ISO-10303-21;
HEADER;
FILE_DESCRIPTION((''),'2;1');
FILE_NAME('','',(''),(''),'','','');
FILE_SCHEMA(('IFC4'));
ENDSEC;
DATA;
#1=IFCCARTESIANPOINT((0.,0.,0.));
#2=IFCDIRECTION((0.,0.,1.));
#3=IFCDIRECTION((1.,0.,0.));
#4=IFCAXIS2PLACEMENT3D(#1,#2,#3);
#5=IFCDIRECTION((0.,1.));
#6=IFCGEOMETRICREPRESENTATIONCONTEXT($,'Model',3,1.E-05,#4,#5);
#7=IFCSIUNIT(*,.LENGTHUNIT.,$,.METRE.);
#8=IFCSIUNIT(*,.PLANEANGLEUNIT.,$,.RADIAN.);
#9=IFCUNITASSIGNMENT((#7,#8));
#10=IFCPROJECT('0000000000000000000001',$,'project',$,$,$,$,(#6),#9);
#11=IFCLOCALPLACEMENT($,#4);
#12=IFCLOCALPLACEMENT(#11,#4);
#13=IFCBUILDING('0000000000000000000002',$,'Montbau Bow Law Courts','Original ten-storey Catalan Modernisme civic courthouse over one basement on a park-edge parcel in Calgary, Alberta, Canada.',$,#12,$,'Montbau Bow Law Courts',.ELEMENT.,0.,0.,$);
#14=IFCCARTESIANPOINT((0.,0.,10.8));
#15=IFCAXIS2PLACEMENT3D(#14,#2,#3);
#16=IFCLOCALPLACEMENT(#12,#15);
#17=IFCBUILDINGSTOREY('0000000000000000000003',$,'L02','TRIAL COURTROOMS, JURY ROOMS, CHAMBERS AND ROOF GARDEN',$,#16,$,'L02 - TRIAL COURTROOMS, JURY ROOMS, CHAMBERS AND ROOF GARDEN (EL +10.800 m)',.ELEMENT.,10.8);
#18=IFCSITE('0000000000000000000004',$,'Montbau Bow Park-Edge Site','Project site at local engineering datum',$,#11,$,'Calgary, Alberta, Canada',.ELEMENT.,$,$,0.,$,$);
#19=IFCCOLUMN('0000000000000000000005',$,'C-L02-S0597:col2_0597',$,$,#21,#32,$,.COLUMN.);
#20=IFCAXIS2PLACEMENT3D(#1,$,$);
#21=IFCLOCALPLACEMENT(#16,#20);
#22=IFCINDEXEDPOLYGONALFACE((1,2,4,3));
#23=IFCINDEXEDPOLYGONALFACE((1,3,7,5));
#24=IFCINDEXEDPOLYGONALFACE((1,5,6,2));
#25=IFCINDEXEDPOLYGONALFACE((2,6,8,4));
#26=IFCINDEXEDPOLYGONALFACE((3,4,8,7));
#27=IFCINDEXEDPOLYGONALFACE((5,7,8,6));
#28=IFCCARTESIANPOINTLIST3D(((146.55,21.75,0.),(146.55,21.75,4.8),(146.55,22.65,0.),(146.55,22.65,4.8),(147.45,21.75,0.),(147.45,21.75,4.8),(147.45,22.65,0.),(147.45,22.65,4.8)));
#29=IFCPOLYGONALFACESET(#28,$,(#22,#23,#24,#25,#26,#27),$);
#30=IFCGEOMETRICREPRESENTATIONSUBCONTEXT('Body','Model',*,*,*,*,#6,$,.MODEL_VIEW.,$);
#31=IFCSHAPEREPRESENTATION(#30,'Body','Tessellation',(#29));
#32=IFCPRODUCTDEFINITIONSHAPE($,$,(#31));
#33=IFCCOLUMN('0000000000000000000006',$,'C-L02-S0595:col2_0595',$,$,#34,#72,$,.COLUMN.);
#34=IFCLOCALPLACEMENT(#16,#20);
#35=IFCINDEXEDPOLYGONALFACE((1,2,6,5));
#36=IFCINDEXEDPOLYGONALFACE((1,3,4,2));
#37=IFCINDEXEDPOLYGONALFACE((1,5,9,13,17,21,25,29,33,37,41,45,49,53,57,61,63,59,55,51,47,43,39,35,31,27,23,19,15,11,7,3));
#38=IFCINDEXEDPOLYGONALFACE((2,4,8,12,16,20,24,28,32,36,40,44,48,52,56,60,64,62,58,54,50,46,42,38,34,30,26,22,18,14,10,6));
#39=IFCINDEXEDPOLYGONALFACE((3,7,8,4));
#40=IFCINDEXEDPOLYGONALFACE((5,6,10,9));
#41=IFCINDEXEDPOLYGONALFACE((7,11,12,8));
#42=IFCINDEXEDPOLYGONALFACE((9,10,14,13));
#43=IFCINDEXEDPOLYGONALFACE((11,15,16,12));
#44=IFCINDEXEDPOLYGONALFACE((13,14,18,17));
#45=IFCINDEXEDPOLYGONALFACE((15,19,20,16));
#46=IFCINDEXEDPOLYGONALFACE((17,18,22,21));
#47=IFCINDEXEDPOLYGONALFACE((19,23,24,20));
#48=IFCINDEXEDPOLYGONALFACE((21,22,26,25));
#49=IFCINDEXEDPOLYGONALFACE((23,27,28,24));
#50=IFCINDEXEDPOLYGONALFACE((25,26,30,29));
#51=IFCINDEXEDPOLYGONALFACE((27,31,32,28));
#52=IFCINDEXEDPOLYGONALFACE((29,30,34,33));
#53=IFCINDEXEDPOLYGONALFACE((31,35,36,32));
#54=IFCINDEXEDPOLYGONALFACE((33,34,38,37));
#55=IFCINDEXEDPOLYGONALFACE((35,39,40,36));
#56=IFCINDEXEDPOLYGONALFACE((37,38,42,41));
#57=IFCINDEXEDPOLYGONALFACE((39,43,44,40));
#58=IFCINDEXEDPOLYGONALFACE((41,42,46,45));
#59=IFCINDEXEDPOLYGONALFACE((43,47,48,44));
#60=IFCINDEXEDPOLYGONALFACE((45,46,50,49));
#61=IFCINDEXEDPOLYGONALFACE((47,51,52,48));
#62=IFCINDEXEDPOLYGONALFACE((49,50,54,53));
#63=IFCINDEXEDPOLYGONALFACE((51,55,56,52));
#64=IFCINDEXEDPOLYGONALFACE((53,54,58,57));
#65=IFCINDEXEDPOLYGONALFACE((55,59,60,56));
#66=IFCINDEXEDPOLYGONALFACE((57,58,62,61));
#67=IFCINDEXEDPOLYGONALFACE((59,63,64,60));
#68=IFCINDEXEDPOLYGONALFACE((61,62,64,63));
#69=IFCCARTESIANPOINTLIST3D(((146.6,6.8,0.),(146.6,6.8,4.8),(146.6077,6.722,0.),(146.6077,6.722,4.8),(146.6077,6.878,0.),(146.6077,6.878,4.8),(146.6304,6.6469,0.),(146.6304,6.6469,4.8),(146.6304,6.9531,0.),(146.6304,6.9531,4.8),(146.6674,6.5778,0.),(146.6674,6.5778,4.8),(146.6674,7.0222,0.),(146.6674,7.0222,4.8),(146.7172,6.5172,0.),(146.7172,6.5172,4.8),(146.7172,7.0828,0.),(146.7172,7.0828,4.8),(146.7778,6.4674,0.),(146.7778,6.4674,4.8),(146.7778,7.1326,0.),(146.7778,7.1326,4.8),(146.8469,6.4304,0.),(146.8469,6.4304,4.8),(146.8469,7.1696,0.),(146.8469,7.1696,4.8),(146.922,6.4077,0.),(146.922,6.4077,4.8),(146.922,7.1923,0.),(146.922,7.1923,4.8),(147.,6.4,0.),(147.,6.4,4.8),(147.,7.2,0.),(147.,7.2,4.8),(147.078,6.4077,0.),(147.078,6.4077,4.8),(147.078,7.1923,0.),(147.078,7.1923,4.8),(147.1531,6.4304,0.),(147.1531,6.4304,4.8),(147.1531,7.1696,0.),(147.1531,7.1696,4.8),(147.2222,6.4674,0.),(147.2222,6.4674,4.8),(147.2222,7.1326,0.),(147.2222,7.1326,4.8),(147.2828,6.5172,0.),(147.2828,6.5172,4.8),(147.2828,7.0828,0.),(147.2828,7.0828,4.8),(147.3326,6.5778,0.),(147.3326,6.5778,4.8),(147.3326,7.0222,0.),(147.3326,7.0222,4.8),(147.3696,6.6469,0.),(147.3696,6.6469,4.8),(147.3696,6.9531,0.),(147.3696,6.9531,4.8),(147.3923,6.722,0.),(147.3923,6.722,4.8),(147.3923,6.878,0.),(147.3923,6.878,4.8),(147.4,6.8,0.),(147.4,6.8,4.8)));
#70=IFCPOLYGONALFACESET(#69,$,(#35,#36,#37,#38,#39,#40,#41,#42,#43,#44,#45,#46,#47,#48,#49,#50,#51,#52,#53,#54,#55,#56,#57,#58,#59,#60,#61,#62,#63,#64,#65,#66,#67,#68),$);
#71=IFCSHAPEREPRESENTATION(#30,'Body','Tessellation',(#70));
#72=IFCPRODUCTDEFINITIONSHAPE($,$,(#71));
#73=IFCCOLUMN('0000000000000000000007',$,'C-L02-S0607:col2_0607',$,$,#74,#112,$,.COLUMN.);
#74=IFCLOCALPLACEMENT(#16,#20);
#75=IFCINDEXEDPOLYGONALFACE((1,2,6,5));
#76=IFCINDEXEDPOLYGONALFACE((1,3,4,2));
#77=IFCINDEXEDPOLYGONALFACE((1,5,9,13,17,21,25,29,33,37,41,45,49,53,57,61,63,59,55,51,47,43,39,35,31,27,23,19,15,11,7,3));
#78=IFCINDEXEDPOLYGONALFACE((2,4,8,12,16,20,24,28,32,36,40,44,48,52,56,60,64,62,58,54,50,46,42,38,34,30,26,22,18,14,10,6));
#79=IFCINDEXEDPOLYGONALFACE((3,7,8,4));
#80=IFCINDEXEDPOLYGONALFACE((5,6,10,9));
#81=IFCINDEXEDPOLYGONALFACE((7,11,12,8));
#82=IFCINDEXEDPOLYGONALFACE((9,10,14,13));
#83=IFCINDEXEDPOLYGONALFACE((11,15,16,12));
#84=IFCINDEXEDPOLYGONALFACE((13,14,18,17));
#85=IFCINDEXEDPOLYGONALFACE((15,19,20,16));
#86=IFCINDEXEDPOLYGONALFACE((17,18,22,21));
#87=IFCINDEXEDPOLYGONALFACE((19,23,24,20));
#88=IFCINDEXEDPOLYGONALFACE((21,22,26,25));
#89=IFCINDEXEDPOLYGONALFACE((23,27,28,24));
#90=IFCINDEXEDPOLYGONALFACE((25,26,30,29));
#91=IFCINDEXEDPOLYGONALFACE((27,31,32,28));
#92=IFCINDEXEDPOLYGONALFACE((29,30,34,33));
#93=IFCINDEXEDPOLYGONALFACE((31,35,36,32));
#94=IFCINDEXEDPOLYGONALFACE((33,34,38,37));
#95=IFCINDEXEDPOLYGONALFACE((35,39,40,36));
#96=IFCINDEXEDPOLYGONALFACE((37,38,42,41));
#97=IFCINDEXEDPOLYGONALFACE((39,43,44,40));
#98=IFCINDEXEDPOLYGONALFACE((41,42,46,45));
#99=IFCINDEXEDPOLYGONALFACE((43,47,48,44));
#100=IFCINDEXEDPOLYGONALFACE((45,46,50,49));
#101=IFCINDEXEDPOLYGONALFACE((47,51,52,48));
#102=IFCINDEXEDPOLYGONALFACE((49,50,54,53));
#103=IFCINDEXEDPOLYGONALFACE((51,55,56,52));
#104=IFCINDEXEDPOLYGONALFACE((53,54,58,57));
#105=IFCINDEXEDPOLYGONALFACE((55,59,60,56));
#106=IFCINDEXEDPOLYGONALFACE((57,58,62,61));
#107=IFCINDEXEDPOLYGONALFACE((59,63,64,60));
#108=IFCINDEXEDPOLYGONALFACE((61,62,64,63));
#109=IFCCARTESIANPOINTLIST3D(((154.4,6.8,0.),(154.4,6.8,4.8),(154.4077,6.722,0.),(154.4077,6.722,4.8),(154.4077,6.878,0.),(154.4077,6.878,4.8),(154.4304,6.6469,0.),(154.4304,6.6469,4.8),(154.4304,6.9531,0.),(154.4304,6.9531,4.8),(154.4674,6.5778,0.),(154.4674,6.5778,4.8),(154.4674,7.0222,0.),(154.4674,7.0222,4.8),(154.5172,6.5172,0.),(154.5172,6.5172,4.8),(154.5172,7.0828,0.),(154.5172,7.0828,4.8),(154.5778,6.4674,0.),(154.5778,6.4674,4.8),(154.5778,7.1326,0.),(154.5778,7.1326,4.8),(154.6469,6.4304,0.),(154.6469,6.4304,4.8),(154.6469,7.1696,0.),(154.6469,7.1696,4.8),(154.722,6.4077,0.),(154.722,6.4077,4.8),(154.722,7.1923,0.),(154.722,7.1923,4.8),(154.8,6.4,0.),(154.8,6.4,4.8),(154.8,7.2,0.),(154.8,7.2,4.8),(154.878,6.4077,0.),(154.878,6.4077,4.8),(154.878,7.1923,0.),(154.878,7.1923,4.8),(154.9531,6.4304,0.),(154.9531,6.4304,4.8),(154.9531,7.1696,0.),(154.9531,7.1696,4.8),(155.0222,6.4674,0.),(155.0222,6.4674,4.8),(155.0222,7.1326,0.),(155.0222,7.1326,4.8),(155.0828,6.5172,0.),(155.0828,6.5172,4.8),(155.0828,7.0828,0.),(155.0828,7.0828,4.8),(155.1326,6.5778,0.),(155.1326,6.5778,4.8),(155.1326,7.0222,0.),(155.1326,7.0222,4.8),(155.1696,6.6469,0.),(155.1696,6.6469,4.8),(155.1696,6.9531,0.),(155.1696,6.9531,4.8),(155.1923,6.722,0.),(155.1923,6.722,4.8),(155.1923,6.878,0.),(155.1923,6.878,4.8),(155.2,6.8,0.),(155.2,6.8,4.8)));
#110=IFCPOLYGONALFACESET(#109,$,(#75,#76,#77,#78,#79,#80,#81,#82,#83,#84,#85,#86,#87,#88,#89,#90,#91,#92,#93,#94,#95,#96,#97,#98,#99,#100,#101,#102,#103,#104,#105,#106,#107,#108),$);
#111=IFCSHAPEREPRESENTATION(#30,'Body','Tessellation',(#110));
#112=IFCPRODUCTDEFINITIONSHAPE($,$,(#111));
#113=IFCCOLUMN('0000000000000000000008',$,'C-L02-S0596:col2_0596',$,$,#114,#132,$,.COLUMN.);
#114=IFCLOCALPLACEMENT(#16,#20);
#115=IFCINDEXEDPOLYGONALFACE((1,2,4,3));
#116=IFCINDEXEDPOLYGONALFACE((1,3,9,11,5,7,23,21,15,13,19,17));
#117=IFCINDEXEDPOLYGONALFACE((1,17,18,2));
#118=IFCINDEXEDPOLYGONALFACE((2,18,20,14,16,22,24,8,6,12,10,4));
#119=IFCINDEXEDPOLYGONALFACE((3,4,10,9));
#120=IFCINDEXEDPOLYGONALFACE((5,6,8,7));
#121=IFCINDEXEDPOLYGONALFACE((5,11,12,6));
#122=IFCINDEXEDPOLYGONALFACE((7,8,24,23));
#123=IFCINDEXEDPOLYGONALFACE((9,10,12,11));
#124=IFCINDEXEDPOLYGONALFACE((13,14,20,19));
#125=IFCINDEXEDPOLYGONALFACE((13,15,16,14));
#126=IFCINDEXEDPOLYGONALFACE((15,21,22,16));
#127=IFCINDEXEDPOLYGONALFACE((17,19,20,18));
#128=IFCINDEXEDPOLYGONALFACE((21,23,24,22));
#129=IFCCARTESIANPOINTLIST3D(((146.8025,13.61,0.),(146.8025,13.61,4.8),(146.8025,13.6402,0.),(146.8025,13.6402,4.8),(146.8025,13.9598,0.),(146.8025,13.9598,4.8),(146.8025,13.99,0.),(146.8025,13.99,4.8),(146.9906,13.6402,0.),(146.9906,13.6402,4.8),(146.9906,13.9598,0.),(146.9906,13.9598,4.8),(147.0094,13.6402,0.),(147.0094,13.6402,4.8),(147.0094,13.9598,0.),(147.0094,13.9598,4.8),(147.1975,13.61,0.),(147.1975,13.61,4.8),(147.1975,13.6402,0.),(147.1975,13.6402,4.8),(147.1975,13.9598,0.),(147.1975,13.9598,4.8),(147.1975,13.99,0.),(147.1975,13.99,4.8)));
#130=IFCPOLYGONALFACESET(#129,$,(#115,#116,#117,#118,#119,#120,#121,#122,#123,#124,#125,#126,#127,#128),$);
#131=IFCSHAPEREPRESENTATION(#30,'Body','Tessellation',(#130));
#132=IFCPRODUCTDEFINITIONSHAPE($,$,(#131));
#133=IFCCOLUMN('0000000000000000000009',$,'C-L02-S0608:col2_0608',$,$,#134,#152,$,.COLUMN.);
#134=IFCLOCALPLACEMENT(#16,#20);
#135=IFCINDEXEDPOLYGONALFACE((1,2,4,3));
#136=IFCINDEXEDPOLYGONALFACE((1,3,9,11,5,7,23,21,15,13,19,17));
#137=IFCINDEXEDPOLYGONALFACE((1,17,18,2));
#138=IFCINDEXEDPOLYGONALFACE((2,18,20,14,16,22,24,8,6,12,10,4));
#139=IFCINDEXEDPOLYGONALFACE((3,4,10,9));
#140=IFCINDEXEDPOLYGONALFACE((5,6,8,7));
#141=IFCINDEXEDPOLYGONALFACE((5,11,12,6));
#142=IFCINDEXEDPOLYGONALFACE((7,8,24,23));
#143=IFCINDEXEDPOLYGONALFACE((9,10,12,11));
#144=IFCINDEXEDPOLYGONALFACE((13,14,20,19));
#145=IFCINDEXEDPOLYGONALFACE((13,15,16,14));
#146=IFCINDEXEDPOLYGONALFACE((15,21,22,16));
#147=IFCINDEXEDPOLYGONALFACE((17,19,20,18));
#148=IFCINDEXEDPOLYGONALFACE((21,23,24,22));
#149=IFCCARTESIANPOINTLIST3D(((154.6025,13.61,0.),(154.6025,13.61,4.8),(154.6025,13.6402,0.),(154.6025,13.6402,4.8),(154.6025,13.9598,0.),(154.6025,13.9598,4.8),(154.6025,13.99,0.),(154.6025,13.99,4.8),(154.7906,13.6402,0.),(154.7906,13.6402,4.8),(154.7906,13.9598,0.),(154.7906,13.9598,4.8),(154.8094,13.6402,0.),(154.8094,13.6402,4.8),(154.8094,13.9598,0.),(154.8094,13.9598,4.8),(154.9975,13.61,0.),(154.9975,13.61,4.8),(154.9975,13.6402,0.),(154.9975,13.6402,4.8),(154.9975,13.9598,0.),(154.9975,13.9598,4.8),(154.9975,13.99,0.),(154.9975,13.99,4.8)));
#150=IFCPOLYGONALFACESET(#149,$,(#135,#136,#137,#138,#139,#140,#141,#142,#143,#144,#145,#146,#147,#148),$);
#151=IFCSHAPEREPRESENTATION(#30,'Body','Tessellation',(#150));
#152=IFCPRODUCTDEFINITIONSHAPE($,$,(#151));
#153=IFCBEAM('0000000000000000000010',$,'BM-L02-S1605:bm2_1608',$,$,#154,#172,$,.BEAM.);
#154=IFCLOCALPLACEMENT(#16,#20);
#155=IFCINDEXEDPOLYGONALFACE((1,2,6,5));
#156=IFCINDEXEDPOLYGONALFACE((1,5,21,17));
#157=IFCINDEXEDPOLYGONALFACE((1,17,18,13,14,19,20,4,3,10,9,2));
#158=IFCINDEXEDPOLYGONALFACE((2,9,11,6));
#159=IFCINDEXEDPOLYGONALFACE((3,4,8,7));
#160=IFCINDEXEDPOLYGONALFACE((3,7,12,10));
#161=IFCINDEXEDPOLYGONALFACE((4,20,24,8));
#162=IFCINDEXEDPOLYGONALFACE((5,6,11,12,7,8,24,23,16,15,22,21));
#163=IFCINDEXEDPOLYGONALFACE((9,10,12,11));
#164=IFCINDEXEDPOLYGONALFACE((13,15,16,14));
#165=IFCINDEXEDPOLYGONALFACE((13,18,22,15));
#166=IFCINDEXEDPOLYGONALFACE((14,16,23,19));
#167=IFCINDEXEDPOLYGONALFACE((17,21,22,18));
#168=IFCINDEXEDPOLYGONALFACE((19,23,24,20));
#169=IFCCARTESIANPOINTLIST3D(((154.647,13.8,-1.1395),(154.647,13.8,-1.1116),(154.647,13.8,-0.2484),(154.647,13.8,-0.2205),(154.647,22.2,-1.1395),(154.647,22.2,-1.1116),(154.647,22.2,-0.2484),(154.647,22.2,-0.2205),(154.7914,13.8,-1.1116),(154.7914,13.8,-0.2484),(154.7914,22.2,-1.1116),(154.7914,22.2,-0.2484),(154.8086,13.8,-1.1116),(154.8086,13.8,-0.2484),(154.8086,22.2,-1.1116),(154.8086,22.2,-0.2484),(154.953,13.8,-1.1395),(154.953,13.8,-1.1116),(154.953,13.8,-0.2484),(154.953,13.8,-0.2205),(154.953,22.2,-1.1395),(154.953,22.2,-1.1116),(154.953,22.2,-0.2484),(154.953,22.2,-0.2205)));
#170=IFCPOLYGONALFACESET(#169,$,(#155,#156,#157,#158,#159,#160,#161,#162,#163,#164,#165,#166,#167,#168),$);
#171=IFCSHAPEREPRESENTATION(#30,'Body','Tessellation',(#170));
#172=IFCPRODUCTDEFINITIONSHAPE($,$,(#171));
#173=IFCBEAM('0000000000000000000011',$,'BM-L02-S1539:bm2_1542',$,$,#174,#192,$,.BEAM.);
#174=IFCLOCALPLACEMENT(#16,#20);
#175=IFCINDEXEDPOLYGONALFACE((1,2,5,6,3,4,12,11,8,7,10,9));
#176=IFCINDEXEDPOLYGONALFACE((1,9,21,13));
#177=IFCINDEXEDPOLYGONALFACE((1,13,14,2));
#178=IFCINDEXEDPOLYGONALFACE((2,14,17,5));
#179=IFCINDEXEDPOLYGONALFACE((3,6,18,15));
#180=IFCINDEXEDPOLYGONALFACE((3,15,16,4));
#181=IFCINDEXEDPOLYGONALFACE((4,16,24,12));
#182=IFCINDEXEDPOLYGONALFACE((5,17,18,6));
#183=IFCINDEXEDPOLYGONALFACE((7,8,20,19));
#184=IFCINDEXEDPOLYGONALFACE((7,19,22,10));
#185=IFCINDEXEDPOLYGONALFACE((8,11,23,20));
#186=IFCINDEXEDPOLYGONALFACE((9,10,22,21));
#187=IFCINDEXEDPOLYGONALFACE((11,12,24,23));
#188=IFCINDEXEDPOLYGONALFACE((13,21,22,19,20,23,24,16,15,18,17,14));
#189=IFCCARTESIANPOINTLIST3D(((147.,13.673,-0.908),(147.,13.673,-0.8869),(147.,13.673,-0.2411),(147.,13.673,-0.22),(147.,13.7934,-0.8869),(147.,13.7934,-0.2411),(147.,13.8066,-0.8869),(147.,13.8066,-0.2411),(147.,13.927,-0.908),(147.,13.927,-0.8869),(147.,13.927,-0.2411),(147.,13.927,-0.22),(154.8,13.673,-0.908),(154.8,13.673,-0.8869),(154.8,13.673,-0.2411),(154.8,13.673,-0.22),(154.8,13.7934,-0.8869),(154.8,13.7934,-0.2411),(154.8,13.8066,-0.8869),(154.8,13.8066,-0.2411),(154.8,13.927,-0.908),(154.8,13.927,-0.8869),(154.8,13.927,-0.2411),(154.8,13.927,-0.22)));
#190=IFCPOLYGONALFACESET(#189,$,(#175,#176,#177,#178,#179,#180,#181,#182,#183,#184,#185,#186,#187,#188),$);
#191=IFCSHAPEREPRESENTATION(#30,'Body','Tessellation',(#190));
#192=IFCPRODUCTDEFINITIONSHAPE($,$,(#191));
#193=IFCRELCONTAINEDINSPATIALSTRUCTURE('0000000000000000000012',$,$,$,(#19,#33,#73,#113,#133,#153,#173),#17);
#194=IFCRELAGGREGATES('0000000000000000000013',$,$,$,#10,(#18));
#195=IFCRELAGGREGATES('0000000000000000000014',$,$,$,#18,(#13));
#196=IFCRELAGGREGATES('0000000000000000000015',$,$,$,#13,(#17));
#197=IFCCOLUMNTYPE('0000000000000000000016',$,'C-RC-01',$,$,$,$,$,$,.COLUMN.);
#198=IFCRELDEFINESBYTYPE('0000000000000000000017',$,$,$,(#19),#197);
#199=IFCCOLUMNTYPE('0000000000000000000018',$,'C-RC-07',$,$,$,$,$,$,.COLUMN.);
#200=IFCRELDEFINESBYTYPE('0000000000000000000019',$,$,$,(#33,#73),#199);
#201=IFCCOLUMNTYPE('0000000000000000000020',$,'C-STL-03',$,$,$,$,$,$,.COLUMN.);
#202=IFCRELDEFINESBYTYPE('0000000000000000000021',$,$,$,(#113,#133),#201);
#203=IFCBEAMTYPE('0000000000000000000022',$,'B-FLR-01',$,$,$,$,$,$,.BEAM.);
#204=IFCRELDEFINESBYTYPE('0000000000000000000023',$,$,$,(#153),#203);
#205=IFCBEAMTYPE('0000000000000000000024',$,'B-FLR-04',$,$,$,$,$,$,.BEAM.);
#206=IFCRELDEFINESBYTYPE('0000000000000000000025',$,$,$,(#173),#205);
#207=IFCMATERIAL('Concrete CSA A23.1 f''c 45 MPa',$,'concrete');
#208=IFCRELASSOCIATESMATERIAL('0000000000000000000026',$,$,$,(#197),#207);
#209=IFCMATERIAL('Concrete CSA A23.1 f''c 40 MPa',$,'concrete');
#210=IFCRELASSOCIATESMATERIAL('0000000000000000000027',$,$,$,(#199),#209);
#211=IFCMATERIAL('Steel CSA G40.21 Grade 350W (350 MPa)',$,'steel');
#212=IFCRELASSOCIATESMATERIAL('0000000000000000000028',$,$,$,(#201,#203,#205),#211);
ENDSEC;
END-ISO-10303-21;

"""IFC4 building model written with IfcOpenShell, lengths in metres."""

from ifc_helpers import new_model, si_unit, direction, frame, origin_with_axes, origin_2d_with_axis, place, context, subcontext, project, spatial, rectangle, circle, i_section, extrude, material, material_profile, profile_set, type_object, element, save


model = new_model("IFC4")

# Units and contexts
model_context = context("Model", 3, precision=1e-05, world=origin_with_axes(), true_north=direction((0.0, 1.0)))
body_context = subcontext(model_context, "Body", "Model", "MODEL_VIEW")
ifc_project = project(units=[si_unit("LENGTHUNIT", "METRE"), si_unit("PLANEANGLEUNIT", "RADIAN")], contexts=[model_context])

# Site, building, storey
site_placement = place(None, origin_with_axes())
site = spatial("IfcSite", under=ifc_project, at=site_placement, Name="Montbau Bow Park-Edge Site", Description="Project site at local engineering datum", LongName="Calgary, Alberta, Canada", CompositionType="ELEMENT", RefElevation=0.0)
building_placement = place(site_placement, origin_with_axes())
building = spatial("IfcBuilding", under=site, at=building_placement, Name="Montbau Bow Law Courts", Description="Original ten-storey Catalan Modernisme civic courthouse over one basement on a park-edge parcel in Calgary, Alberta, Canada.", LongName="Montbau Bow Law Courts", CompositionType="ELEMENT", ElevationOfRefHeight=0.0, ElevationOfTerrain=0.0)
storey_placement = place(building_placement, frame((0.0, 0.0, 10.8), z_axis=(0.0, 0.0, 1.0), x_axis=(1.0, 0.0, 0.0)))
storey = spatial("IfcBuildingStorey", under=building, at=storey_placement, Name="L02", Description="TRIAL COURTROOMS, JURY ROOMS, CHAMBERS AND ROOF GARDEN", LongName="L02 - TRIAL COURTROOMS, JURY ROOMS, CHAMBERS AND ROOF GARDEN (EL +10.800 m)", CompositionType="ELEMENT", Elevation=10.8)

# Columns
ifc_material_1 = material(Name="Concrete CSA A23.1 f'c 45 MPa", Category="concrete")
ifc_material_profile_1 = material_profile(ifc_material_1, rectangle(XDim=0.9, YDim=0.9, at=origin_2d_with_axis()), Name="RC900X900", Category="Main", Priority=0)
ifc_profile_set_1 = profile_set([ifc_material_profile_1], Name="Concrete CSA A23.1 f'c 45 MPa")
column_type_1 = type_object("IfcColumnType", Name="C-RC-01", PredefinedType="COLUMN", material=ifc_profile_set_1)
column_placement = place(None, frame((147.0, 22.2, 10.8), z_axis=(0.0, 0.0, 1.0), x_axis=(1.0, 0.0, 0.0)))
element("IfcColumn", 1, at=column_placement, inside=storey, type_object=column_type_1, Name="C-L02-S0597:col2_0597", PredefinedType="COLUMN", context=body_context, shape_type="SweptSolid", body=[
    extrude(rectangle(XDim=0.9, YDim=0.9, at=origin_2d_with_axis()), origin_with_axes(), (0.0, 0.0, 1.0), 4.8),
])
ifc_material_2 = material(Name="Concrete CSA A23.1 f'c 40 MPa", Category="concrete")
ifc_material_profile_2 = material_profile(ifc_material_2, circle(Radius=0.4, at=origin_2d_with_axis()), Name="RC800D", Category="Main", Priority=0)
ifc_profile_set_2 = profile_set([ifc_material_profile_2], Name="Concrete CSA A23.1 f'c 40 MPa")
column_type_2 = type_object("IfcColumnType", Name="C-RC-07", PredefinedType="COLUMN", material=ifc_profile_set_2)
for number, where, z_axis, x_axis, name in (
    (2, (147.0, 6.8, 10.8), (0.0, 0.0, 1.0), (1.0, 0.0, 0.0), "C-L02-S0595:col2_0595"),
    (3, (154.8, 6.8, 10.8), (0.0, 0.0, 1.0), (1.0, 0.0, 0.0), "C-L02-S0607:col2_0607"),
):
    element("IfcColumn", number, at=place(None, frame(where, z_axis=z_axis, x_axis=x_axis)), inside=storey, type_object=column_type_2, Name=name, PredefinedType="COLUMN", context=body_context, shape_type="SweptSolid", body=[
        extrude(circle(Radius=0.4, at=origin_2d_with_axis()), origin_with_axes(), (0.0, 0.0, 1.0), 4.8),
    ])
ifc_material_3 = material(Name="Steel CSA G40.21 Grade 350W (350 MPa)", Category="steel")
ifc_material_profile_3 = material_profile(ifc_material_3, i_section(OverallWidth=0.395, OverallDepth=0.38, WebThickness=0.0189, FlangeThickness=0.0302, at=origin_2d_with_axis()), Name="W360X237", Category="Main", Priority=0)
ifc_profile_set_3 = profile_set([ifc_material_profile_3], Name="Steel CSA G40.21 Grade 350W (350 MPa)")
column_type_3 = type_object("IfcColumnType", Name="C-STL-03", PredefinedType="COLUMN", material=ifc_profile_set_3)
for number, where, z_axis, x_axis, name in (
    (4, (147.0, 13.8, 10.8), (0.0, 0.0, 1.0), (1.0, 0.0, 0.0), "C-L02-S0596:col2_0596"),
    (5, (154.8, 13.8, 10.8), (0.0, 0.0, 1.0), (1.0, 0.0, 0.0), "C-L02-S0608:col2_0608"),
):
    element("IfcColumn", number, at=place(None, frame(where, z_axis=z_axis, x_axis=x_axis)), inside=storey, type_object=column_type_3, Name=name, PredefinedType="COLUMN", context=body_context, shape_type="SweptSolid", body=[
        extrude(i_section(OverallWidth=0.395, OverallDepth=0.38, WebThickness=0.0189, FlangeThickness=0.0302, at=origin_2d_with_axis()), origin_with_axes(), (0.0, 0.0, 1.0), 4.8),
    ])

# Beams
ifc_material_profile_4 = material_profile(ifc_material_3, i_section(OverallWidth=0.306, OverallDepth=0.919, WebThickness=0.0173, FlangeThickness=0.0279, at=origin_2d_with_axis()), Name="W920X253", Category="Main", Priority=0)
ifc_profile_set_4 = profile_set([ifc_material_profile_4], Name="Steel CSA G40.21 Grade 350W (350 MPa)")
beam_type_1 = type_object("IfcBeamType", Name="B-FLR-01", PredefinedType="BEAM", material=ifc_profile_set_4)
beam_1_placement = place(None, frame((154.8, 13.8, 10.12), z_axis=(0.0, 1.0, 0.0), x_axis=(-1.0, 0.0, 0.0)))
element("IfcBeam", 6, at=beam_1_placement, inside=storey, type_object=beam_type_1, Name="BM-L02-S1605:bm2_1608", PredefinedType="BEAM", context=body_context, shape_type="SweptSolid", body=[
    extrude(i_section(OverallWidth=0.306, OverallDepth=0.919, WebThickness=0.0173, FlangeThickness=0.0279, at=origin_2d_with_axis()), origin_with_axes(), (0.0, 0.0, 1.0), 8.4),
])
ifc_material_profile_5 = material_profile(ifc_material_3, i_section(OverallWidth=0.254, OverallDepth=0.688, WebThickness=0.0131, FlangeThickness=0.0211, at=origin_2d_with_axis()), Name="W690X152", Category="Main", Priority=0)
ifc_profile_set_5 = profile_set([ifc_material_profile_5], Name="Steel CSA G40.21 Grade 350W (350 MPa)")
beam_type_2 = type_object("IfcBeamType", Name="B-FLR-04", PredefinedType="BEAM", material=ifc_profile_set_5)
beam_2_placement = place(None, frame((147.0, 13.8, 10.236), z_axis=(1.0, 0.0, 0.0), x_axis=(0.0, 1.0, 0.0)))
element("IfcBeam", 7, at=beam_2_placement, inside=storey, type_object=beam_type_2, Name="BM-L02-S1539:bm2_1542", PredefinedType="BEAM", context=body_context, shape_type="SweptSolid", body=[
    extrude(i_section(OverallWidth=0.254, OverallDepth=0.688, WebThickness=0.0131, FlangeThickness=0.0211, at=origin_2d_with_axis()), origin_with_axes(), (0.0, 0.0, 1.0), 7.8),
])

save(model, "model.ifc")
